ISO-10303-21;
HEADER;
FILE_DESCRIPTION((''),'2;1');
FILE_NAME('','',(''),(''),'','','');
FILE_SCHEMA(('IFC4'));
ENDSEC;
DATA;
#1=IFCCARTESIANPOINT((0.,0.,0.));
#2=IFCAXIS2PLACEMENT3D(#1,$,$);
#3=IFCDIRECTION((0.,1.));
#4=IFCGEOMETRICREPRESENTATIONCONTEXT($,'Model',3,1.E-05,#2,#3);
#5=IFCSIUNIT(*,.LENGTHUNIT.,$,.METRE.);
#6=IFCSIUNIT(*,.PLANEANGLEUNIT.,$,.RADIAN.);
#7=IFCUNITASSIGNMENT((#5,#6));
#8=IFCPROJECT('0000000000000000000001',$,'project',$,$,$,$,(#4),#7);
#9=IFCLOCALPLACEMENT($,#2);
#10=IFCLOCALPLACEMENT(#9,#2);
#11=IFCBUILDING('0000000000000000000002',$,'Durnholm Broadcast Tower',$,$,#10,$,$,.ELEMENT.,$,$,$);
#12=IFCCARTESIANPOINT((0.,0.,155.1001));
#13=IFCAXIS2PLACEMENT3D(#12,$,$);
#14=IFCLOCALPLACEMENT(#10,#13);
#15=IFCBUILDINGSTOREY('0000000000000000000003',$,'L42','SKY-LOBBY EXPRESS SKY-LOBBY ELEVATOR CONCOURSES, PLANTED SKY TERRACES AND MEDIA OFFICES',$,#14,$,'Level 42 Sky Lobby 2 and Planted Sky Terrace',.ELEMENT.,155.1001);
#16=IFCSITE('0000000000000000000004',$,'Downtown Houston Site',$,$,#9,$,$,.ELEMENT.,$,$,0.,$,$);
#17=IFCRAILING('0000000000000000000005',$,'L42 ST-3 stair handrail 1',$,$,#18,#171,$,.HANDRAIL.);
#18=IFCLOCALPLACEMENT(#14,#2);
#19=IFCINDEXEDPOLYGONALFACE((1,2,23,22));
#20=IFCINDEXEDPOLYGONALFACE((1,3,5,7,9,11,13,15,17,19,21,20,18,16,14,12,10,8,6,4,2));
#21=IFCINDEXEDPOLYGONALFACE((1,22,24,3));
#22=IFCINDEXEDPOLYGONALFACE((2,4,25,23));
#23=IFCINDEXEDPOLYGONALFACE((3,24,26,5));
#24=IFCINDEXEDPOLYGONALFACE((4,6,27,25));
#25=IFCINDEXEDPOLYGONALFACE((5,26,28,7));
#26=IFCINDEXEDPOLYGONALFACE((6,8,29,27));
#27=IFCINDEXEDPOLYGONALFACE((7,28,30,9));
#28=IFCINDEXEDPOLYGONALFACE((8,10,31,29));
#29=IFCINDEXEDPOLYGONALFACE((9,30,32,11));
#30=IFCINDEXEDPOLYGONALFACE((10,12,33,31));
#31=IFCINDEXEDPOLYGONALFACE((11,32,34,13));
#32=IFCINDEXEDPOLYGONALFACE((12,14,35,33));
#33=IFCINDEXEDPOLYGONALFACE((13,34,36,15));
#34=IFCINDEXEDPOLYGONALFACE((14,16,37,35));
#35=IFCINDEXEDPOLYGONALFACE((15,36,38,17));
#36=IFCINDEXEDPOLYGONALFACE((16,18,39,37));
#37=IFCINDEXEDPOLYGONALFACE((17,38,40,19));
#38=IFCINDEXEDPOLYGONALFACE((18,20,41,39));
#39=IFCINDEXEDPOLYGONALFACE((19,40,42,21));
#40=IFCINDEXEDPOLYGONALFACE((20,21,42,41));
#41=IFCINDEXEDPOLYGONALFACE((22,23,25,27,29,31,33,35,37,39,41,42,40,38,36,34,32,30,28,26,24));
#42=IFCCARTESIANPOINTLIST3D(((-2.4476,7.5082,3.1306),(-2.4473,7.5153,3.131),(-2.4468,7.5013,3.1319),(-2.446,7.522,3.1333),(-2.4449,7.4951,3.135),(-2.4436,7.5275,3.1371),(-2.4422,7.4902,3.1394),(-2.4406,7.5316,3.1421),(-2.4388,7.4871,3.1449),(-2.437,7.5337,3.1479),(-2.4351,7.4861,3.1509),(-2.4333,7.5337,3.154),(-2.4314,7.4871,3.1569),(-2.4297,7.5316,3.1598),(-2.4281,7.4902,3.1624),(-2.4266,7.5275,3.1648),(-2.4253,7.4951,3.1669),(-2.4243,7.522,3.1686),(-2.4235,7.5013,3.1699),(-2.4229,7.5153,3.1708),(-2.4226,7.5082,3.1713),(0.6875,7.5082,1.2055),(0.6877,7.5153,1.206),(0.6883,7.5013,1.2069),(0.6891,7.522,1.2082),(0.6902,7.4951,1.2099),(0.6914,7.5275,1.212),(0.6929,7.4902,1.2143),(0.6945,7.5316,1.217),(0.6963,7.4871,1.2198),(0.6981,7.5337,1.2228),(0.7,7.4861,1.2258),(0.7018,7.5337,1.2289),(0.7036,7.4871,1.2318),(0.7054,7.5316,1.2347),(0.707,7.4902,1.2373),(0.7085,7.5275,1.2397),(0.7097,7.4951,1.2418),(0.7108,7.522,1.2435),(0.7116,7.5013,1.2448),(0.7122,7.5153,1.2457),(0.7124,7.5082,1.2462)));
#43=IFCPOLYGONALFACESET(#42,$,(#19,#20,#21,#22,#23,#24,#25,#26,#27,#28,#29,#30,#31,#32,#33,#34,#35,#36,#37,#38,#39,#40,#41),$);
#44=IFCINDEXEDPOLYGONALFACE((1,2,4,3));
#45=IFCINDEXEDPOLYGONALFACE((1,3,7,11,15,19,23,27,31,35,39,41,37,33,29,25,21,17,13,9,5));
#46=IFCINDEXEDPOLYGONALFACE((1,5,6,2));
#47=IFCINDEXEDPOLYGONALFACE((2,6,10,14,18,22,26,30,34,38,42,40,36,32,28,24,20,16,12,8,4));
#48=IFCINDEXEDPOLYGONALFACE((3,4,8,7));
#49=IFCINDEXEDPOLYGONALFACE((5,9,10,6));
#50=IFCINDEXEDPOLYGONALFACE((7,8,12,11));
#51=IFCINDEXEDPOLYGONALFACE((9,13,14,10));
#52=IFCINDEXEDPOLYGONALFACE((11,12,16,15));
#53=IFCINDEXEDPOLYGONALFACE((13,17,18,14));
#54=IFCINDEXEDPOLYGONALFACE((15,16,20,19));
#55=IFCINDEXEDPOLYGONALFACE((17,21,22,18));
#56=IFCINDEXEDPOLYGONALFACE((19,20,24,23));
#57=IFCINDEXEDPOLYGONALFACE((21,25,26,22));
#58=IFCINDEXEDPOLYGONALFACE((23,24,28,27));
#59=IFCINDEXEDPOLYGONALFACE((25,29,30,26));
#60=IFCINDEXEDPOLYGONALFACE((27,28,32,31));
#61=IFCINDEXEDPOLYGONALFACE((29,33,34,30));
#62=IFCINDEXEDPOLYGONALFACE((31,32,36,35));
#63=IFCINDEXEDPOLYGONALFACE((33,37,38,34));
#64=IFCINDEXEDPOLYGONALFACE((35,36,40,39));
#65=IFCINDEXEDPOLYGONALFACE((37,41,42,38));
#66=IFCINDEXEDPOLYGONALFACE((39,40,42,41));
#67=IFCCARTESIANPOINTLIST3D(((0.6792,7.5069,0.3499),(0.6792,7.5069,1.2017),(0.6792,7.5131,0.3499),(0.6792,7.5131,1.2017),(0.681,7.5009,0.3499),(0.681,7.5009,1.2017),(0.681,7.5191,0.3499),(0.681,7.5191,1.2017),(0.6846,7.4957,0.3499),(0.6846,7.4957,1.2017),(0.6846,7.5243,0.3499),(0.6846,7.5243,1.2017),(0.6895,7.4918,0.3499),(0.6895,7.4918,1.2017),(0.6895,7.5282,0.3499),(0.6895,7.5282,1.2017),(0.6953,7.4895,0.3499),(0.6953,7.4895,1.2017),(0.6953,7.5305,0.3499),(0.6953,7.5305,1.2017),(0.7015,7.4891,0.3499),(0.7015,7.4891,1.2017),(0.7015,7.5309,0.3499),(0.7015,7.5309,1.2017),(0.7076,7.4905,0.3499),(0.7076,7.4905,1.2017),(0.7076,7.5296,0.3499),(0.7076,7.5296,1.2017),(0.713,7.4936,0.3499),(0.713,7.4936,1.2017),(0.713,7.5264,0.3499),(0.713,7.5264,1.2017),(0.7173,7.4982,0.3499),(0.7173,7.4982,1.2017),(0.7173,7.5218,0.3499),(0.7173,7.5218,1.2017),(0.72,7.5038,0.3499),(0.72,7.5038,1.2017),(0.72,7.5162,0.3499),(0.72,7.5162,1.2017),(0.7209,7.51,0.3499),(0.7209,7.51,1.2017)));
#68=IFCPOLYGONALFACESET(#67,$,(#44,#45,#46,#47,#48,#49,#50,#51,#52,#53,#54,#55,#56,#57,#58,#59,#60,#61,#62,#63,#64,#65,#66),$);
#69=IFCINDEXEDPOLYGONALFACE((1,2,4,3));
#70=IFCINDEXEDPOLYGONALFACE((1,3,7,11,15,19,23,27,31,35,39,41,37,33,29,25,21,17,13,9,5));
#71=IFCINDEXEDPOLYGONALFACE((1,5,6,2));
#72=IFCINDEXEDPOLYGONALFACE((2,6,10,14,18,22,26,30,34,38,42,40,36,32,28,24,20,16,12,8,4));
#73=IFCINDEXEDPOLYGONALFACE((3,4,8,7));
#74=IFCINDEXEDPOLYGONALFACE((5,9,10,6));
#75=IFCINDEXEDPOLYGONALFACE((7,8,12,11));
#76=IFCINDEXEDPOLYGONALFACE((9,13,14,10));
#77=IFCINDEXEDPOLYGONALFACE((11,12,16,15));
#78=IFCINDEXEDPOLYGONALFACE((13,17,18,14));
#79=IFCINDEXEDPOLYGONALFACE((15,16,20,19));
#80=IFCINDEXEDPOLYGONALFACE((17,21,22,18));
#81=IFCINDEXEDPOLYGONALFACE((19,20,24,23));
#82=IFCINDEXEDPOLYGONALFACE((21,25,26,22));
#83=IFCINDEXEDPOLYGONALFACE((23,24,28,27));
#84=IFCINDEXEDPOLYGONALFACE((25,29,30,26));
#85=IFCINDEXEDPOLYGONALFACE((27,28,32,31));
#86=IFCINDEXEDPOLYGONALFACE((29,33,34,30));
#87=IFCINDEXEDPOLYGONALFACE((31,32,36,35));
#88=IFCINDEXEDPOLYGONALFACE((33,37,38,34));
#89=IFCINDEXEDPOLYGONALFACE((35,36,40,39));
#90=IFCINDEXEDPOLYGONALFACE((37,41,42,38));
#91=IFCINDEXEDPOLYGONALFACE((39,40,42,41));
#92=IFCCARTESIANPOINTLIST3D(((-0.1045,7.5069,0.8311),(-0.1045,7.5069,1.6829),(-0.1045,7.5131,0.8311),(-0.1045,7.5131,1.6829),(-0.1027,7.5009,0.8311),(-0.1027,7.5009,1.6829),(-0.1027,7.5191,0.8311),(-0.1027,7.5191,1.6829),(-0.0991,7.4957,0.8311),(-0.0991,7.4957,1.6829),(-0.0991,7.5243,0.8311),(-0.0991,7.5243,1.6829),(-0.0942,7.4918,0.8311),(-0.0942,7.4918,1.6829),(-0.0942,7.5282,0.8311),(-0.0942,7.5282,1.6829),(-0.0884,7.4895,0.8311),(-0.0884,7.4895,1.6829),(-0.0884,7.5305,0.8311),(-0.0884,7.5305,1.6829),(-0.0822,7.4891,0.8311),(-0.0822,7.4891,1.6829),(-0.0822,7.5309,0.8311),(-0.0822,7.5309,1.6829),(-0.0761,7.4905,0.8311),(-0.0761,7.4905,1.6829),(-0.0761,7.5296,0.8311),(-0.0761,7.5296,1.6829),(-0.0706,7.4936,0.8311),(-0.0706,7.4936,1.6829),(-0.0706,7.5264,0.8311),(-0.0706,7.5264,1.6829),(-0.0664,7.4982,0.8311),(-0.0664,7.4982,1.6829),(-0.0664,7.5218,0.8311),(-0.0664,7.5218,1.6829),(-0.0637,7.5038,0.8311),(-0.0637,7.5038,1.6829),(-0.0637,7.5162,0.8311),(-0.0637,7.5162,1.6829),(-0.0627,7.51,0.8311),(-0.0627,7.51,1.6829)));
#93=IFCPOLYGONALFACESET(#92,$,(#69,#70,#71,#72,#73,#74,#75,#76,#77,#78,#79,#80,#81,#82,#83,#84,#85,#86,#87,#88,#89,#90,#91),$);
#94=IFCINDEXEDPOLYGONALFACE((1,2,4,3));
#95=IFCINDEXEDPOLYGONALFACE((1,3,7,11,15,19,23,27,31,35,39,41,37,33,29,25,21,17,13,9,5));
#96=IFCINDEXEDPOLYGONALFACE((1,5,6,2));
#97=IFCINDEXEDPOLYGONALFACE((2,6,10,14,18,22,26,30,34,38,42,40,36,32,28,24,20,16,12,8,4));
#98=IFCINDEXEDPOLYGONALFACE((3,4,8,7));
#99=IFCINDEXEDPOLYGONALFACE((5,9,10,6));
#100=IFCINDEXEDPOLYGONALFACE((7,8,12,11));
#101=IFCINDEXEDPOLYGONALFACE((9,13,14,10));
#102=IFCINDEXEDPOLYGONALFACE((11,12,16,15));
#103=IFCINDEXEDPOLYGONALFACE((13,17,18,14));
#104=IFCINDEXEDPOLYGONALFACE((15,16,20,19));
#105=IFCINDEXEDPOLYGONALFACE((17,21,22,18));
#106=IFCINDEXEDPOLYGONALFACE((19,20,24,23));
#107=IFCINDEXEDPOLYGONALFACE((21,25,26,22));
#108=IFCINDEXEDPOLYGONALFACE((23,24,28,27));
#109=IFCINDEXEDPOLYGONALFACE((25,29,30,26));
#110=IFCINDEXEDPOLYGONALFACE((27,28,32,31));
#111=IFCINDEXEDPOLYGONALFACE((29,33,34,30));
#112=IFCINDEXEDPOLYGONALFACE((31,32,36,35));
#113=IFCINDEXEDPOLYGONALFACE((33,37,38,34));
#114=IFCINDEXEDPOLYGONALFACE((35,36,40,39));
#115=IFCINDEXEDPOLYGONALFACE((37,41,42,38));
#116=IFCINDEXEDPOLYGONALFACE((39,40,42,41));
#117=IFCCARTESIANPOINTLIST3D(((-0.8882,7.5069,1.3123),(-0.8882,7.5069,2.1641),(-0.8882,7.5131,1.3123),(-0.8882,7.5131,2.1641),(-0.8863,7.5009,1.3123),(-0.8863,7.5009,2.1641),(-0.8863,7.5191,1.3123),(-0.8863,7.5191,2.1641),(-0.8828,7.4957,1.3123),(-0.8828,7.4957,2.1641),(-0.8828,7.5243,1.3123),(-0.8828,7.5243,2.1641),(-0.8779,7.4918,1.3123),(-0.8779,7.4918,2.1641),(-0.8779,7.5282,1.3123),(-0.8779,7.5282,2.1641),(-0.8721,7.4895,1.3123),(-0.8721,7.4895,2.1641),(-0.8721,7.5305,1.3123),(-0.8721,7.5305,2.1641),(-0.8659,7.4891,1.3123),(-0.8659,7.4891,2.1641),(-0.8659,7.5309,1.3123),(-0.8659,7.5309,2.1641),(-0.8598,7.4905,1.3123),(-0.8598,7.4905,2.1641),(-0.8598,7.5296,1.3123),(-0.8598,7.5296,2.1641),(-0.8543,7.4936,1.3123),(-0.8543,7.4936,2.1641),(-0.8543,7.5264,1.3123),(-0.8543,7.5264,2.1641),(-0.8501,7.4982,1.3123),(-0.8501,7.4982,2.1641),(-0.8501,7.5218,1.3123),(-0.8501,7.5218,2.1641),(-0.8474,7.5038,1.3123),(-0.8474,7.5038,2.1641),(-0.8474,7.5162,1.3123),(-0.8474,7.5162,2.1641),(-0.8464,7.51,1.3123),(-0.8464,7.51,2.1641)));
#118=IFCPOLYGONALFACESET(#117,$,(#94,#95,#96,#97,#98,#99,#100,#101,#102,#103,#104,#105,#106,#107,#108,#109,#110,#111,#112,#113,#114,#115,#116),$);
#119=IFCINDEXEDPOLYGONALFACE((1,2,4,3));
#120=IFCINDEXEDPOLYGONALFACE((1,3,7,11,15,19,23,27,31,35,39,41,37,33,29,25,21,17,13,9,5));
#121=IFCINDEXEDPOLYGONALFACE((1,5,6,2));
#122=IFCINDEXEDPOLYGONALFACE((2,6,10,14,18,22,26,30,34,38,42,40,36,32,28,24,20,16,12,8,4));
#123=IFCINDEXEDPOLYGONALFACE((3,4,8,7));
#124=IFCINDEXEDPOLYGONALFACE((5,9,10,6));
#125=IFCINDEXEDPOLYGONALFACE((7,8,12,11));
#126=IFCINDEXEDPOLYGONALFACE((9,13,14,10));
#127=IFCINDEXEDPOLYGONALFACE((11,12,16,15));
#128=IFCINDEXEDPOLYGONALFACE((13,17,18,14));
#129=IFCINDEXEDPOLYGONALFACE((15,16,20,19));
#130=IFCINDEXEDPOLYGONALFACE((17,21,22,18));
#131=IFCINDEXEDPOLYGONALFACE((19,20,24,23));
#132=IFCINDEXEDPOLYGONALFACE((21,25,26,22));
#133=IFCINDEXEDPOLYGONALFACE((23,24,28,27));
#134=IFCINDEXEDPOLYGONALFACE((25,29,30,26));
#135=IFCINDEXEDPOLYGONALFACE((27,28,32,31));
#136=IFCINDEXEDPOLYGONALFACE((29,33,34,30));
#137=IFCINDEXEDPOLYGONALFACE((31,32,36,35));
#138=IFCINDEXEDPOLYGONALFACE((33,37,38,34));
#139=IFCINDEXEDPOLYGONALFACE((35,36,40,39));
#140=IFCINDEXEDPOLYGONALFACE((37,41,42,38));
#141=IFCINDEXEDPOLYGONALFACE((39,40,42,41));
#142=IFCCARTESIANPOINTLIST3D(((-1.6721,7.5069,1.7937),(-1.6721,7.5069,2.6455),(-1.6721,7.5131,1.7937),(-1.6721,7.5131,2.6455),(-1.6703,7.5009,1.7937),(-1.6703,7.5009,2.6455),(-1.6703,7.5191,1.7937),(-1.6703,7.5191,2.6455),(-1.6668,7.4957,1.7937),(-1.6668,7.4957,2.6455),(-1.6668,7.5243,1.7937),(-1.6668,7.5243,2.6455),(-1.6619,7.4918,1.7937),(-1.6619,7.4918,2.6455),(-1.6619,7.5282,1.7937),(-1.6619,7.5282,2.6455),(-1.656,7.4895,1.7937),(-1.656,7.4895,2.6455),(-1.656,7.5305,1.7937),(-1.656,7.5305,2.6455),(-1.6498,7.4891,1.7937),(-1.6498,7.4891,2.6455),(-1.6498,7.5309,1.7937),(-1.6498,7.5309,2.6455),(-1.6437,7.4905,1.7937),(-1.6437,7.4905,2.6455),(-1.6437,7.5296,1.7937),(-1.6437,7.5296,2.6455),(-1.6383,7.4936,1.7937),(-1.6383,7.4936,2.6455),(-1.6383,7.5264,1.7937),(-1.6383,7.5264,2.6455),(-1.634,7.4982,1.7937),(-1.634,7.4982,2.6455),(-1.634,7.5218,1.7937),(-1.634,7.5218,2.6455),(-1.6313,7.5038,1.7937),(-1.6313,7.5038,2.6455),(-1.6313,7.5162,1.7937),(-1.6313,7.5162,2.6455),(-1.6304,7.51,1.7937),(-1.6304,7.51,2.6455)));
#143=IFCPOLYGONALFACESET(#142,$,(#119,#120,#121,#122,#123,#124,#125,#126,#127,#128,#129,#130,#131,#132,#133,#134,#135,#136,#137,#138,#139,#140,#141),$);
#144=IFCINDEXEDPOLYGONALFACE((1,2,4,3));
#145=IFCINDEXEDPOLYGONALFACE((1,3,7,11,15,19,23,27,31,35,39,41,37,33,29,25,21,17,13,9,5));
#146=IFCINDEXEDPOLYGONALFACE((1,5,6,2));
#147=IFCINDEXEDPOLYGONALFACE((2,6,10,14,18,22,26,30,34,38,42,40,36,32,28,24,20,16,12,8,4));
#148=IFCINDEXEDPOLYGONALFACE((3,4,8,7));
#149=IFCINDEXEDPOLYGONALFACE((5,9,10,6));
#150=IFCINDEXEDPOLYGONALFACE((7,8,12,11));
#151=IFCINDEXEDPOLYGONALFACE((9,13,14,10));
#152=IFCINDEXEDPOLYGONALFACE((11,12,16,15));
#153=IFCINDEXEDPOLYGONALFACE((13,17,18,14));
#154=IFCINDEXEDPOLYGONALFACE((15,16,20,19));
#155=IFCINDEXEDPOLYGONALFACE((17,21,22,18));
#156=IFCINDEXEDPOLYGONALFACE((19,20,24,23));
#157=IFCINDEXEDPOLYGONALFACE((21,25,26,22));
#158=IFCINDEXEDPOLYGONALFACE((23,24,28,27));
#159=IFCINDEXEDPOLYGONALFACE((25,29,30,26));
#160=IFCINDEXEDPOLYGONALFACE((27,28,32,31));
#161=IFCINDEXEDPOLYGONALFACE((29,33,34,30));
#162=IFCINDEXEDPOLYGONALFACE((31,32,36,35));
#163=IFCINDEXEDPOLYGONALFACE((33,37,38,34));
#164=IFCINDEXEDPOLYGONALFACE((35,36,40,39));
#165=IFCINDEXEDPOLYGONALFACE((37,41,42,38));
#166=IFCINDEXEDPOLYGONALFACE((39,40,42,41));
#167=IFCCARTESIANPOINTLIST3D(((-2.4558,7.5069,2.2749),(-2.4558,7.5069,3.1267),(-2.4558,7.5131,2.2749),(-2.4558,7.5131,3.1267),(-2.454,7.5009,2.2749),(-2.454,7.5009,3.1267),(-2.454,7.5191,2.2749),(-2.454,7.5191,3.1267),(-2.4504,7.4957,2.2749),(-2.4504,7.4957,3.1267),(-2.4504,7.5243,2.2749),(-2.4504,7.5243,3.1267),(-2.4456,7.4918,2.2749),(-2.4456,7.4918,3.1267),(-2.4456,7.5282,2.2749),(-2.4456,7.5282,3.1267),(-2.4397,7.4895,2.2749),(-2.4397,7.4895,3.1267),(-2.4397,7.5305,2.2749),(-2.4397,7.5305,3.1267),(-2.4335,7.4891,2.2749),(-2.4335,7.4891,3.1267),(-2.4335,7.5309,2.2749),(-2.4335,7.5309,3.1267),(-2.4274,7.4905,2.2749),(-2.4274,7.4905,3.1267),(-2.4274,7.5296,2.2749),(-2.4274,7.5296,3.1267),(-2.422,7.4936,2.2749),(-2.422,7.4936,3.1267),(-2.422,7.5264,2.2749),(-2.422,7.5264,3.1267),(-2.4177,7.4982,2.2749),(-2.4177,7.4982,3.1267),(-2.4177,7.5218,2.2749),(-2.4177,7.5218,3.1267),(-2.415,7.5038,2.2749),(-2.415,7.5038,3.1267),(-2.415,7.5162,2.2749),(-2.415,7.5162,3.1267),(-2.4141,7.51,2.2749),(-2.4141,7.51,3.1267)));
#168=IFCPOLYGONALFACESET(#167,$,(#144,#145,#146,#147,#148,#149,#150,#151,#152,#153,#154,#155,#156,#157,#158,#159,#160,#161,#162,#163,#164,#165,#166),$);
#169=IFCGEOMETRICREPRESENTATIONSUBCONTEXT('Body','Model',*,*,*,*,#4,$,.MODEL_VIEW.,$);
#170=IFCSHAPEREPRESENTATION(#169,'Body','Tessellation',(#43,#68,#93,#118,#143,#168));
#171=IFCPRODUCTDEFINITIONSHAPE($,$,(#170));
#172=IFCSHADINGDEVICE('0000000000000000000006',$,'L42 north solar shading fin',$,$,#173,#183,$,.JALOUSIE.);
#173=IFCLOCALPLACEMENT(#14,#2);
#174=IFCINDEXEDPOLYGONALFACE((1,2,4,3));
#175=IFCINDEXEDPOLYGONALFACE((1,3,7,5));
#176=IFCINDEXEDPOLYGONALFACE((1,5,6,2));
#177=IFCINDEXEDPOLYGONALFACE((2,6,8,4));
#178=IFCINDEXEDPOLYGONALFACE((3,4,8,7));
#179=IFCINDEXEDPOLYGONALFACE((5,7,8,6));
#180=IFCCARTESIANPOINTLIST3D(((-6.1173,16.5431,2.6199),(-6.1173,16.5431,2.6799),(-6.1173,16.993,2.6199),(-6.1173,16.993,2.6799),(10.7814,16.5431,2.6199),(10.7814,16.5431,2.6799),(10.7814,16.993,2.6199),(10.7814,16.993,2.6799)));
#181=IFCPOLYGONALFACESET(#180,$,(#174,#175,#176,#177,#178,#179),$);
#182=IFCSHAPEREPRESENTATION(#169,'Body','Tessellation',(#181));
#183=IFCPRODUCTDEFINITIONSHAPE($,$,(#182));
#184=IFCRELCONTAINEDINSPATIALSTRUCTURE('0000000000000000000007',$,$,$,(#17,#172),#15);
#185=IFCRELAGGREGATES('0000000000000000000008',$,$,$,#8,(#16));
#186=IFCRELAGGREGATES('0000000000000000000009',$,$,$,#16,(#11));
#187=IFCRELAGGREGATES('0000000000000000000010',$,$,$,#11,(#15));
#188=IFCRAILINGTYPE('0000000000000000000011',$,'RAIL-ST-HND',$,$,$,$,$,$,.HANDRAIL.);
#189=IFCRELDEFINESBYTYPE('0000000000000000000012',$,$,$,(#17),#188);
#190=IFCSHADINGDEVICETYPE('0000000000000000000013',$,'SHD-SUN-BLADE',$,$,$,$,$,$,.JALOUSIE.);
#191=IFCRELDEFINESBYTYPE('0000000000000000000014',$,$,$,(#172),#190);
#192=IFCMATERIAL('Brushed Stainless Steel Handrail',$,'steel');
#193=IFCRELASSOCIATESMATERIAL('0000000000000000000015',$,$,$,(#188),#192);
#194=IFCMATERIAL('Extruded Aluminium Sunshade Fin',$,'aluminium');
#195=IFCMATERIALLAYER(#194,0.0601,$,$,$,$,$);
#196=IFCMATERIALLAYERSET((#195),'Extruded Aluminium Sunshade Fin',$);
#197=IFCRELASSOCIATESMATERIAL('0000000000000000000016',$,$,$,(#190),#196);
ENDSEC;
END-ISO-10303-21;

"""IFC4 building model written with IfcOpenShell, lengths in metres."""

from ifc_helpers import new_model, si_unit, direction, frame, origin, origin_2d, place, context, subcontext, project, spatial, rectangle, circle, extrude, source, transform, mapped, material, layer, layer_set, type_object, type_shapes, element, save


model = new_model("IFC4")

# Units and contexts
model_context = context("Model", 3, precision=1e-05, world=origin(), true_north=direction((0.0, 1.0)))
body_context = subcontext(model_context, "Body", "Model", "MODEL_VIEW")
ifc_project = project(units=[si_unit("LENGTHUNIT", "METRE"), si_unit("PLANEANGLEUNIT", "RADIAN")], contexts=[model_context])

# Site, building, storey
site_placement = place(None, origin())
site = spatial("IfcSite", under=ifc_project, at=site_placement, Name="Downtown Houston Site", CompositionType="ELEMENT", RefElevation=0.0)
building_placement = place(site_placement, origin())
building = spatial("IfcBuilding", under=site, at=building_placement, Name="Durnholm Broadcast Tower", CompositionType="ELEMENT")
storey_placement = place(building_placement, frame((0.0, 0.0, 155.1001)))
storey = spatial("IfcBuildingStorey", under=building, at=storey_placement, Name="L42", Description="SKY-LOBBY EXPRESS SKY-LOBBY ELEVATOR CONCOURSES, PLANTED SKY TERRACES AND MEDIA OFFICES", LongName="Level 42 Sky Lobby 2 and Planted Sky Terrace", CompositionType="ELEMENT", Elevation=155.1001)

# Railing
ifc_material_1 = material(Name="Brushed Stainless Steel Handrail", Category="steel")
railing_type_1 = type_object("IfcRailingType", Name="RAIL-ST-HND", PredefinedType="HANDRAIL", material=ifc_material_1)
railing_1_placement = place(storey_placement, frame((0.7, 7.51, 0.3499)))
element("IfcRailing", 1, at=railing_1_placement, inside=storey, type_object=railing_type_1, Name="L42 ST-3 stair handrail 1", PredefinedType="HANDRAIL", context=body_context, shape_type="SweptSolid", body=[
    extrude(circle(Radius=0.0239, at=origin_2d()), frame((0.0, 0.0, 0.876), z_axis=(-0.852166, 0.0, 0.523271), x_axis=(0.0, -1.0, 0.0)), (0.0, 0.0, 1.0), 3.679),
    extrude(circle(Radius=0.021, at=origin_2d()), origin(), (0.0, 0.0, 1.0), 0.8518),
    extrude(circle(Radius=0.021, at=origin_2d()), frame((-0.7837, 0.0, 0.4812)), (0.0, 0.0, 1.0), 0.8518),
    extrude(circle(Radius=0.021, at=origin_2d()), frame((-1.5674, 0.0, 0.9624)), (0.0, 0.0, 1.0), 0.8518),
    extrude(circle(Radius=0.021, at=origin_2d()), frame((-2.3513, 0.0, 1.4438)), (0.0, 0.0, 1.0), 0.8518),
    extrude(circle(Radius=0.021, at=origin_2d()), frame((-3.135, 0.0, 1.925)), (0.0, 0.0, 1.0), 0.8518),
])

# Shading device
ifc_material_2 = material(Name="Extruded Aluminium Sunshade Fin", Category="aluminium")
ifc_layer_1 = layer(ifc_material_2, 0.0601)
ifc_layer_set_1 = layer_set([ifc_layer_1], Name="Extruded Aluminium Sunshade Fin")
shading_device_type = type_object("IfcShadingDeviceType", Name="SHD-SUN-BLADE", PredefinedType="JALOUSIE", material=ifc_layer_set_1)
shared_shape_1 = source(origin(), body_context, "Body", "SweptSolid", [
    extrude(rectangle(XDim=16.8987, YDim=0.45, at=origin_2d()), origin(), (0.0, 0.0, 1.0), 0.0601),
])
type_shapes(shading_device_type, [shared_shape_1])
shading_device_placement = place(storey_placement, frame((2.332, 16.7681, 2.6199), z_axis=(0.0, 0.0, 1.0), x_axis=(1.0, 0.0, 0.0)))
element("IfcShadingDevice", 2, at=shading_device_placement, inside=storey, type_object=shading_device_type, Name="L42 north solar shading fin", PredefinedType="JALOUSIE", context=body_context, shape_type="MappedRepresentation", body=[
    mapped(shared_shape_1, transform((0.0, 0.0, 0.0), x_axis=(1.0, 0.0, 0.0), y_axis=(0.0, 1.0, 0.0), z_axis=(0.0, 0.0, 1.0), scale=1.0)),
])

save(model, "model.ifc")
